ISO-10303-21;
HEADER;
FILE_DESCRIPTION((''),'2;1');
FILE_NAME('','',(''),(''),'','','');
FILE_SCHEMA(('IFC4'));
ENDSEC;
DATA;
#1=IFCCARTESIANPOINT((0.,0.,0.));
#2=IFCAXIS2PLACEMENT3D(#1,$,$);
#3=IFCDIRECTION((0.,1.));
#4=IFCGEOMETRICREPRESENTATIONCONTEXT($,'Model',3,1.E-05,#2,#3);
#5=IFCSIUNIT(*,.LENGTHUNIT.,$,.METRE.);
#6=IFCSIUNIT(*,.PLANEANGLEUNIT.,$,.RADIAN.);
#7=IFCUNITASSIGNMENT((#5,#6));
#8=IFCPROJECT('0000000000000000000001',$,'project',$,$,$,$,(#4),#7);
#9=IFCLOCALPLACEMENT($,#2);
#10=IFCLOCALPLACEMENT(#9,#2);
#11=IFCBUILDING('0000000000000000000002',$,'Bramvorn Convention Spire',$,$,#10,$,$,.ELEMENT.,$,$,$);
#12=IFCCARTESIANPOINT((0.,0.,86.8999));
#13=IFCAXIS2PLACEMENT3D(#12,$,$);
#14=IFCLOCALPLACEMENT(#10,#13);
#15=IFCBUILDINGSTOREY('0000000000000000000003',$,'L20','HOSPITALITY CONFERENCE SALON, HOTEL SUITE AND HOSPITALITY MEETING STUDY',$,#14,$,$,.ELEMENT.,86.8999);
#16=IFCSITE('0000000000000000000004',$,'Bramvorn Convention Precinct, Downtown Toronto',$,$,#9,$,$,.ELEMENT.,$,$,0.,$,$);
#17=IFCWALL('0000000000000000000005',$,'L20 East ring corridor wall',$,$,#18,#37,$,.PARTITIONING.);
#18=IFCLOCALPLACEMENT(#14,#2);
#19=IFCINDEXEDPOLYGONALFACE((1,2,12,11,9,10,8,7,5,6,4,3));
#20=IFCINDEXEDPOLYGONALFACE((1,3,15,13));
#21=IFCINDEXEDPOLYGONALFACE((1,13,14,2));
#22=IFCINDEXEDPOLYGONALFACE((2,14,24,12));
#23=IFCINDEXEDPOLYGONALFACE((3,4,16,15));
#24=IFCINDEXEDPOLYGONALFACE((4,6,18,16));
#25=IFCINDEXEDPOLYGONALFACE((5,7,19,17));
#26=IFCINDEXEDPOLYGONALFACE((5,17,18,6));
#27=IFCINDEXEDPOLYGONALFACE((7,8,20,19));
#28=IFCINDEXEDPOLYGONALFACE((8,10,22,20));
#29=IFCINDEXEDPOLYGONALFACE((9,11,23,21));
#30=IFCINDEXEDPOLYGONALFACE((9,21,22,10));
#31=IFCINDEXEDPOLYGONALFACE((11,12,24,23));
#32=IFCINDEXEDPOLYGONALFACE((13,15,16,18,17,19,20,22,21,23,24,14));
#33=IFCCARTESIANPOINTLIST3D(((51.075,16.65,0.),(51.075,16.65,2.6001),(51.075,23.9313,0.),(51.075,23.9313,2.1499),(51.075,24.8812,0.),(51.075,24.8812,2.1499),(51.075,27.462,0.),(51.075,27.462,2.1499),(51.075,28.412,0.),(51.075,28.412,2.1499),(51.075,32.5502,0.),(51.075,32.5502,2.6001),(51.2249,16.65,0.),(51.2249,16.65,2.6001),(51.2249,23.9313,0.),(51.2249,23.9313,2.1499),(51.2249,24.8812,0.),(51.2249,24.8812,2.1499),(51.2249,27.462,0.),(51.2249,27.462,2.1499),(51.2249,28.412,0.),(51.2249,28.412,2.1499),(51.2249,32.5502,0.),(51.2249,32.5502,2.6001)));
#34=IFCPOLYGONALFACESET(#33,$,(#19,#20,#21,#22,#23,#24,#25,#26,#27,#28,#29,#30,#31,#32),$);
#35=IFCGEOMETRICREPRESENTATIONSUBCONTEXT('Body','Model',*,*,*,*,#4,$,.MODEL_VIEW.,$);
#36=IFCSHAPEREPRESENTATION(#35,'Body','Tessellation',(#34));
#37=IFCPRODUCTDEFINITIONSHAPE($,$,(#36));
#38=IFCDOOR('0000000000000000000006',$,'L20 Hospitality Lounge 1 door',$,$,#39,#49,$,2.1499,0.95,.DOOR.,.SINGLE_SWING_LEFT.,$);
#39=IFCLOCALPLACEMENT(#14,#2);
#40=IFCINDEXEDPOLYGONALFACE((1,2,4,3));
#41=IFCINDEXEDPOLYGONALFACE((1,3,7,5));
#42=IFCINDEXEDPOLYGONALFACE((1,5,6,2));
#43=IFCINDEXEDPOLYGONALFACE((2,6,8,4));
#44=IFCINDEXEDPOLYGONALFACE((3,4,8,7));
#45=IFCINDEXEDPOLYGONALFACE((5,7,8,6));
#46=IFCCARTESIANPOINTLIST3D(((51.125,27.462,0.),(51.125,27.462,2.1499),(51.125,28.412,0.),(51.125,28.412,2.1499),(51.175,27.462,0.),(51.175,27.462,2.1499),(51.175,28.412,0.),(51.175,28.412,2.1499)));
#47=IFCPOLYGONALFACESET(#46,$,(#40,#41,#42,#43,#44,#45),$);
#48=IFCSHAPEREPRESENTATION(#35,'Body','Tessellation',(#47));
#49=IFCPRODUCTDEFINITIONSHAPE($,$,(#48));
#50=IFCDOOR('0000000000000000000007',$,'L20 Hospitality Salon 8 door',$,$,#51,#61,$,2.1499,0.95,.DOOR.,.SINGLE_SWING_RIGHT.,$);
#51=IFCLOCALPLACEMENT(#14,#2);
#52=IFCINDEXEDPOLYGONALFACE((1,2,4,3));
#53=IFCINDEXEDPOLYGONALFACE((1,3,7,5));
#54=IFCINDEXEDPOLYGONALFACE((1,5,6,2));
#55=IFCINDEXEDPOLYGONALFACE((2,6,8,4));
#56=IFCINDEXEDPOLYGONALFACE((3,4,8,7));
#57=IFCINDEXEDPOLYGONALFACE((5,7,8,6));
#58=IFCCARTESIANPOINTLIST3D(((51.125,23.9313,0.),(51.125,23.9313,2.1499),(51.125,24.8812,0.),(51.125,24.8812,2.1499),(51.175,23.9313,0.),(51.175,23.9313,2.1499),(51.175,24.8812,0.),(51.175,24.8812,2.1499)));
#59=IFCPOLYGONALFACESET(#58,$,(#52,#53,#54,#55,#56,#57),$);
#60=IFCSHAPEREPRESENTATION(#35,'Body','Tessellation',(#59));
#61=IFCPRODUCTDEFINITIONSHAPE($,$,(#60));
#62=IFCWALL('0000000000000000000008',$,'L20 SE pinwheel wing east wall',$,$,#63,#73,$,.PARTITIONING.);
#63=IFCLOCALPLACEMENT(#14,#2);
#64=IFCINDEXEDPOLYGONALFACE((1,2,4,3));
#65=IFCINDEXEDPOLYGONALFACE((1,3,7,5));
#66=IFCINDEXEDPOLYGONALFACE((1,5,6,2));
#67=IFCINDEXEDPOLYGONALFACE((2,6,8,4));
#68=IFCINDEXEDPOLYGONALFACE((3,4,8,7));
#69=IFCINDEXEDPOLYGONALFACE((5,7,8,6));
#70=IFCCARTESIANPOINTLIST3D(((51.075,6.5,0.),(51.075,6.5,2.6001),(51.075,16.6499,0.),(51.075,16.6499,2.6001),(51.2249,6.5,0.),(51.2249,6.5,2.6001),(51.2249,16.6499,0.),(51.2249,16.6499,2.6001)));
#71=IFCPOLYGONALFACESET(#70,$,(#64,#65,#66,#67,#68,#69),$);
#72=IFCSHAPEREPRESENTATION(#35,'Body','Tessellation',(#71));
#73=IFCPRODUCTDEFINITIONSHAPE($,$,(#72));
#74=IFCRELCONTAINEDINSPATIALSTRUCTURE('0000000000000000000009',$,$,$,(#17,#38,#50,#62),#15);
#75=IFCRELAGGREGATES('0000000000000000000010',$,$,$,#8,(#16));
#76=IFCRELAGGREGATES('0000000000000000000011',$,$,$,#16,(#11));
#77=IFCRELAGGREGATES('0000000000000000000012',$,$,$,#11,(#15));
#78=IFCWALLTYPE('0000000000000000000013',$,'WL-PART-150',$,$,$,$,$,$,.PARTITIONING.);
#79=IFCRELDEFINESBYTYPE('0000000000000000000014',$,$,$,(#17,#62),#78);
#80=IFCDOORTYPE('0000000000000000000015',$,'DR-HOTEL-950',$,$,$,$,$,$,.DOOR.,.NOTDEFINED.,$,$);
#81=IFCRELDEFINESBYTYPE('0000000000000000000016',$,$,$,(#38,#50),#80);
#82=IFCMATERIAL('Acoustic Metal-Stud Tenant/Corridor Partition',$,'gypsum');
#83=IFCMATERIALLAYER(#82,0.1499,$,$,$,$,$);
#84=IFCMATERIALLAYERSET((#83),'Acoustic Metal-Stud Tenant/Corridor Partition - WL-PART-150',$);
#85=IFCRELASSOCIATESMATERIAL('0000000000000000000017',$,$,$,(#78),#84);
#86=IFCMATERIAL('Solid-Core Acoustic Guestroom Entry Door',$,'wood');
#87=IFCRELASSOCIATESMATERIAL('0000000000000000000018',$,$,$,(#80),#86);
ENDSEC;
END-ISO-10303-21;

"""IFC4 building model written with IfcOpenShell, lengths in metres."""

from ifc_helpers import new_model, si_unit, direction, frame, frame_2d, origin, place, context, subcontext, project, spatial, rectangle, extrude, material, layer, layer_set, type_object, element, fill, save


model = new_model("IFC4")

# Units and contexts
model_context = context("Model", 3, precision=1e-05, world=origin(), true_north=direction((0.0, 1.0)))
body_context = subcontext(model_context, "Body", "Model", "MODEL_VIEW")
ifc_project = project(units=[si_unit("LENGTHUNIT", "METRE"), si_unit("PLANEANGLEUNIT", "RADIAN")], contexts=[model_context])

# Site, building, storey
site_placement = place(None, origin())
site = spatial("IfcSite", under=ifc_project, at=site_placement, Name="Bramvorn Convention Precinct, Downtown Toronto", CompositionType="ELEMENT", RefElevation=0.0)
building_placement = place(site_placement, origin())
building = spatial("IfcBuilding", under=site, at=building_placement, Name="Bramvorn Convention Spire", CompositionType="ELEMENT")
storey_placement = place(building_placement, frame((0.0, 0.0, 86.8999)))
storey = spatial("IfcBuildingStorey", under=building, at=storey_placement, Name="L20", Description="HOSPITALITY CONFERENCE SALON, HOTEL SUITE AND HOSPITALITY MEETING STUDY", CompositionType="ELEMENT", Elevation=86.8999)

# Wall, openings, doors
ifc_material_1 = material(Name="Acoustic Metal-Stud Tenant/Corridor Partition", Category="gypsum")
ifc_layer_1 = layer(ifc_material_1, 0.1499)
ifc_layer_set_1 = layer_set([ifc_layer_1], Name="Acoustic Metal-Stud Tenant/Corridor Partition - WL-PART-150")
wall_type_1 = type_object("IfcWallType", Name="WL-PART-150", PredefinedType="PARTITIONING", material=ifc_layer_set_1)
wall_1_placement = place(storey_placement, frame((51.1499, 16.6499, 0.0), z_axis=(0.0, 0.0, 1.0), x_axis=(0.0, 1.0, 0.0)))
wall_1 = element("IfcWall", 1, at=wall_1_placement, inside=storey, type_object=wall_type_1, Name="L20 East ring corridor wall", PredefinedType="PARTITIONING", context=body_context, shape_type="SweptSolid", body=[
    extrude(rectangle(XDim=15.9001, YDim=0.1499, at=frame_2d((7.9502, 0.0))), origin(), (0.0, 0.0, 1.0), 2.6001),
])
opening_1_placement = place(wall_1_placement, frame((10.812, 0.0, 0.0)))
opening_1 = element("IfcOpeningElement", 2, at=opening_1_placement, cuts=wall_1, PredefinedType="OPENING", context=body_context, shape_type="SweptSolid", body=[
    extrude(rectangle(XDim=0.95, YDim=2.1499, at=frame_2d((0.4751, 1.075))), frame((0.0, 0.085, 0.0), z_axis=(0.0, -1.0, 0.0), x_axis=(1.0, 0.0, 0.0)), (0.0, 0.0, 1.0), 0.1699),
])
opening_2_placement = place(wall_1_placement, frame((7.2812, 0.0, 0.0)))
opening_2 = element("IfcOpeningElement", 3, at=opening_2_placement, cuts=wall_1, PredefinedType="OPENING", context=body_context, shape_type="SweptSolid", body=[
    extrude(rectangle(XDim=0.95, YDim=2.1499, at=frame_2d((0.4751, 1.075))), frame((0.0, 0.085, 0.0), z_axis=(0.0, -1.0, 0.0), x_axis=(1.0, 0.0, 0.0)), (0.0, 0.0, 1.0), 0.1699),
])
ifc_material_2 = material(Name="Solid-Core Acoustic Guestroom Entry Door", Category="wood")
door_type = type_object("IfcDoorType", Name="DR-HOTEL-950", OperationType="NOTDEFINED", PredefinedType="DOOR", material=ifc_material_2)
door_1_placement = place(opening_1_placement, origin())
door_1 = element("IfcDoor", 4, at=door_1_placement, inside=storey, type_object=door_type, Name="L20 Hospitality Lounge 1 door", OperationType="SINGLE_SWING_LEFT", OverallHeight=2.1499, OverallWidth=0.95, PredefinedType="DOOR", context=body_context, shape_type="SweptSolid", body=[
    extrude(rectangle(XDim=0.95, YDim=2.1499, at=frame_2d((0.4751, 1.075))), frame((0.0, 0.0249, 0.0), z_axis=(0.0, -1.0, 0.0), x_axis=(1.0, 0.0, 0.0)), (0.0, 0.0, 1.0), 0.05),
])
fill(opening_1, door_1)
door_2_placement = place(opening_2_placement, origin())
door_2 = element("IfcDoor", 5, at=door_2_placement, inside=storey, type_object=door_type, Name="L20 Hospitality Salon 8 door", OperationType="SINGLE_SWING_RIGHT", OverallHeight=2.1499, OverallWidth=0.95, PredefinedType="DOOR", context=body_context, shape_type="SweptSolid", body=[
    extrude(rectangle(XDim=0.95, YDim=2.1499, at=frame_2d((0.4751, 1.075))), frame((0.0, 0.0249, 0.0), z_axis=(0.0, -1.0, 0.0), x_axis=(1.0, 0.0, 0.0)), (0.0, 0.0, 1.0), 0.05),
])
fill(opening_2, door_2)

# Wall
wall_2_placement = place(storey_placement, frame((51.1499, 6.5, 0.0), z_axis=(0.0, 0.0, 1.0), x_axis=(0.0, 1.0, 0.0)))
element("IfcWall", 6, at=wall_2_placement, inside=storey, type_object=wall_type_1, Name="L20 SE pinwheel wing east wall", PredefinedType="PARTITIONING", context=body_context, shape_type="SweptSolid", body=[
    extrude(rectangle(XDim=10.1499, YDim=0.1499, at=frame_2d((5.075, 0.0))), origin(), (0.0, 0.0, 1.0), 2.6001),
])

save(model, "model.ifc")
